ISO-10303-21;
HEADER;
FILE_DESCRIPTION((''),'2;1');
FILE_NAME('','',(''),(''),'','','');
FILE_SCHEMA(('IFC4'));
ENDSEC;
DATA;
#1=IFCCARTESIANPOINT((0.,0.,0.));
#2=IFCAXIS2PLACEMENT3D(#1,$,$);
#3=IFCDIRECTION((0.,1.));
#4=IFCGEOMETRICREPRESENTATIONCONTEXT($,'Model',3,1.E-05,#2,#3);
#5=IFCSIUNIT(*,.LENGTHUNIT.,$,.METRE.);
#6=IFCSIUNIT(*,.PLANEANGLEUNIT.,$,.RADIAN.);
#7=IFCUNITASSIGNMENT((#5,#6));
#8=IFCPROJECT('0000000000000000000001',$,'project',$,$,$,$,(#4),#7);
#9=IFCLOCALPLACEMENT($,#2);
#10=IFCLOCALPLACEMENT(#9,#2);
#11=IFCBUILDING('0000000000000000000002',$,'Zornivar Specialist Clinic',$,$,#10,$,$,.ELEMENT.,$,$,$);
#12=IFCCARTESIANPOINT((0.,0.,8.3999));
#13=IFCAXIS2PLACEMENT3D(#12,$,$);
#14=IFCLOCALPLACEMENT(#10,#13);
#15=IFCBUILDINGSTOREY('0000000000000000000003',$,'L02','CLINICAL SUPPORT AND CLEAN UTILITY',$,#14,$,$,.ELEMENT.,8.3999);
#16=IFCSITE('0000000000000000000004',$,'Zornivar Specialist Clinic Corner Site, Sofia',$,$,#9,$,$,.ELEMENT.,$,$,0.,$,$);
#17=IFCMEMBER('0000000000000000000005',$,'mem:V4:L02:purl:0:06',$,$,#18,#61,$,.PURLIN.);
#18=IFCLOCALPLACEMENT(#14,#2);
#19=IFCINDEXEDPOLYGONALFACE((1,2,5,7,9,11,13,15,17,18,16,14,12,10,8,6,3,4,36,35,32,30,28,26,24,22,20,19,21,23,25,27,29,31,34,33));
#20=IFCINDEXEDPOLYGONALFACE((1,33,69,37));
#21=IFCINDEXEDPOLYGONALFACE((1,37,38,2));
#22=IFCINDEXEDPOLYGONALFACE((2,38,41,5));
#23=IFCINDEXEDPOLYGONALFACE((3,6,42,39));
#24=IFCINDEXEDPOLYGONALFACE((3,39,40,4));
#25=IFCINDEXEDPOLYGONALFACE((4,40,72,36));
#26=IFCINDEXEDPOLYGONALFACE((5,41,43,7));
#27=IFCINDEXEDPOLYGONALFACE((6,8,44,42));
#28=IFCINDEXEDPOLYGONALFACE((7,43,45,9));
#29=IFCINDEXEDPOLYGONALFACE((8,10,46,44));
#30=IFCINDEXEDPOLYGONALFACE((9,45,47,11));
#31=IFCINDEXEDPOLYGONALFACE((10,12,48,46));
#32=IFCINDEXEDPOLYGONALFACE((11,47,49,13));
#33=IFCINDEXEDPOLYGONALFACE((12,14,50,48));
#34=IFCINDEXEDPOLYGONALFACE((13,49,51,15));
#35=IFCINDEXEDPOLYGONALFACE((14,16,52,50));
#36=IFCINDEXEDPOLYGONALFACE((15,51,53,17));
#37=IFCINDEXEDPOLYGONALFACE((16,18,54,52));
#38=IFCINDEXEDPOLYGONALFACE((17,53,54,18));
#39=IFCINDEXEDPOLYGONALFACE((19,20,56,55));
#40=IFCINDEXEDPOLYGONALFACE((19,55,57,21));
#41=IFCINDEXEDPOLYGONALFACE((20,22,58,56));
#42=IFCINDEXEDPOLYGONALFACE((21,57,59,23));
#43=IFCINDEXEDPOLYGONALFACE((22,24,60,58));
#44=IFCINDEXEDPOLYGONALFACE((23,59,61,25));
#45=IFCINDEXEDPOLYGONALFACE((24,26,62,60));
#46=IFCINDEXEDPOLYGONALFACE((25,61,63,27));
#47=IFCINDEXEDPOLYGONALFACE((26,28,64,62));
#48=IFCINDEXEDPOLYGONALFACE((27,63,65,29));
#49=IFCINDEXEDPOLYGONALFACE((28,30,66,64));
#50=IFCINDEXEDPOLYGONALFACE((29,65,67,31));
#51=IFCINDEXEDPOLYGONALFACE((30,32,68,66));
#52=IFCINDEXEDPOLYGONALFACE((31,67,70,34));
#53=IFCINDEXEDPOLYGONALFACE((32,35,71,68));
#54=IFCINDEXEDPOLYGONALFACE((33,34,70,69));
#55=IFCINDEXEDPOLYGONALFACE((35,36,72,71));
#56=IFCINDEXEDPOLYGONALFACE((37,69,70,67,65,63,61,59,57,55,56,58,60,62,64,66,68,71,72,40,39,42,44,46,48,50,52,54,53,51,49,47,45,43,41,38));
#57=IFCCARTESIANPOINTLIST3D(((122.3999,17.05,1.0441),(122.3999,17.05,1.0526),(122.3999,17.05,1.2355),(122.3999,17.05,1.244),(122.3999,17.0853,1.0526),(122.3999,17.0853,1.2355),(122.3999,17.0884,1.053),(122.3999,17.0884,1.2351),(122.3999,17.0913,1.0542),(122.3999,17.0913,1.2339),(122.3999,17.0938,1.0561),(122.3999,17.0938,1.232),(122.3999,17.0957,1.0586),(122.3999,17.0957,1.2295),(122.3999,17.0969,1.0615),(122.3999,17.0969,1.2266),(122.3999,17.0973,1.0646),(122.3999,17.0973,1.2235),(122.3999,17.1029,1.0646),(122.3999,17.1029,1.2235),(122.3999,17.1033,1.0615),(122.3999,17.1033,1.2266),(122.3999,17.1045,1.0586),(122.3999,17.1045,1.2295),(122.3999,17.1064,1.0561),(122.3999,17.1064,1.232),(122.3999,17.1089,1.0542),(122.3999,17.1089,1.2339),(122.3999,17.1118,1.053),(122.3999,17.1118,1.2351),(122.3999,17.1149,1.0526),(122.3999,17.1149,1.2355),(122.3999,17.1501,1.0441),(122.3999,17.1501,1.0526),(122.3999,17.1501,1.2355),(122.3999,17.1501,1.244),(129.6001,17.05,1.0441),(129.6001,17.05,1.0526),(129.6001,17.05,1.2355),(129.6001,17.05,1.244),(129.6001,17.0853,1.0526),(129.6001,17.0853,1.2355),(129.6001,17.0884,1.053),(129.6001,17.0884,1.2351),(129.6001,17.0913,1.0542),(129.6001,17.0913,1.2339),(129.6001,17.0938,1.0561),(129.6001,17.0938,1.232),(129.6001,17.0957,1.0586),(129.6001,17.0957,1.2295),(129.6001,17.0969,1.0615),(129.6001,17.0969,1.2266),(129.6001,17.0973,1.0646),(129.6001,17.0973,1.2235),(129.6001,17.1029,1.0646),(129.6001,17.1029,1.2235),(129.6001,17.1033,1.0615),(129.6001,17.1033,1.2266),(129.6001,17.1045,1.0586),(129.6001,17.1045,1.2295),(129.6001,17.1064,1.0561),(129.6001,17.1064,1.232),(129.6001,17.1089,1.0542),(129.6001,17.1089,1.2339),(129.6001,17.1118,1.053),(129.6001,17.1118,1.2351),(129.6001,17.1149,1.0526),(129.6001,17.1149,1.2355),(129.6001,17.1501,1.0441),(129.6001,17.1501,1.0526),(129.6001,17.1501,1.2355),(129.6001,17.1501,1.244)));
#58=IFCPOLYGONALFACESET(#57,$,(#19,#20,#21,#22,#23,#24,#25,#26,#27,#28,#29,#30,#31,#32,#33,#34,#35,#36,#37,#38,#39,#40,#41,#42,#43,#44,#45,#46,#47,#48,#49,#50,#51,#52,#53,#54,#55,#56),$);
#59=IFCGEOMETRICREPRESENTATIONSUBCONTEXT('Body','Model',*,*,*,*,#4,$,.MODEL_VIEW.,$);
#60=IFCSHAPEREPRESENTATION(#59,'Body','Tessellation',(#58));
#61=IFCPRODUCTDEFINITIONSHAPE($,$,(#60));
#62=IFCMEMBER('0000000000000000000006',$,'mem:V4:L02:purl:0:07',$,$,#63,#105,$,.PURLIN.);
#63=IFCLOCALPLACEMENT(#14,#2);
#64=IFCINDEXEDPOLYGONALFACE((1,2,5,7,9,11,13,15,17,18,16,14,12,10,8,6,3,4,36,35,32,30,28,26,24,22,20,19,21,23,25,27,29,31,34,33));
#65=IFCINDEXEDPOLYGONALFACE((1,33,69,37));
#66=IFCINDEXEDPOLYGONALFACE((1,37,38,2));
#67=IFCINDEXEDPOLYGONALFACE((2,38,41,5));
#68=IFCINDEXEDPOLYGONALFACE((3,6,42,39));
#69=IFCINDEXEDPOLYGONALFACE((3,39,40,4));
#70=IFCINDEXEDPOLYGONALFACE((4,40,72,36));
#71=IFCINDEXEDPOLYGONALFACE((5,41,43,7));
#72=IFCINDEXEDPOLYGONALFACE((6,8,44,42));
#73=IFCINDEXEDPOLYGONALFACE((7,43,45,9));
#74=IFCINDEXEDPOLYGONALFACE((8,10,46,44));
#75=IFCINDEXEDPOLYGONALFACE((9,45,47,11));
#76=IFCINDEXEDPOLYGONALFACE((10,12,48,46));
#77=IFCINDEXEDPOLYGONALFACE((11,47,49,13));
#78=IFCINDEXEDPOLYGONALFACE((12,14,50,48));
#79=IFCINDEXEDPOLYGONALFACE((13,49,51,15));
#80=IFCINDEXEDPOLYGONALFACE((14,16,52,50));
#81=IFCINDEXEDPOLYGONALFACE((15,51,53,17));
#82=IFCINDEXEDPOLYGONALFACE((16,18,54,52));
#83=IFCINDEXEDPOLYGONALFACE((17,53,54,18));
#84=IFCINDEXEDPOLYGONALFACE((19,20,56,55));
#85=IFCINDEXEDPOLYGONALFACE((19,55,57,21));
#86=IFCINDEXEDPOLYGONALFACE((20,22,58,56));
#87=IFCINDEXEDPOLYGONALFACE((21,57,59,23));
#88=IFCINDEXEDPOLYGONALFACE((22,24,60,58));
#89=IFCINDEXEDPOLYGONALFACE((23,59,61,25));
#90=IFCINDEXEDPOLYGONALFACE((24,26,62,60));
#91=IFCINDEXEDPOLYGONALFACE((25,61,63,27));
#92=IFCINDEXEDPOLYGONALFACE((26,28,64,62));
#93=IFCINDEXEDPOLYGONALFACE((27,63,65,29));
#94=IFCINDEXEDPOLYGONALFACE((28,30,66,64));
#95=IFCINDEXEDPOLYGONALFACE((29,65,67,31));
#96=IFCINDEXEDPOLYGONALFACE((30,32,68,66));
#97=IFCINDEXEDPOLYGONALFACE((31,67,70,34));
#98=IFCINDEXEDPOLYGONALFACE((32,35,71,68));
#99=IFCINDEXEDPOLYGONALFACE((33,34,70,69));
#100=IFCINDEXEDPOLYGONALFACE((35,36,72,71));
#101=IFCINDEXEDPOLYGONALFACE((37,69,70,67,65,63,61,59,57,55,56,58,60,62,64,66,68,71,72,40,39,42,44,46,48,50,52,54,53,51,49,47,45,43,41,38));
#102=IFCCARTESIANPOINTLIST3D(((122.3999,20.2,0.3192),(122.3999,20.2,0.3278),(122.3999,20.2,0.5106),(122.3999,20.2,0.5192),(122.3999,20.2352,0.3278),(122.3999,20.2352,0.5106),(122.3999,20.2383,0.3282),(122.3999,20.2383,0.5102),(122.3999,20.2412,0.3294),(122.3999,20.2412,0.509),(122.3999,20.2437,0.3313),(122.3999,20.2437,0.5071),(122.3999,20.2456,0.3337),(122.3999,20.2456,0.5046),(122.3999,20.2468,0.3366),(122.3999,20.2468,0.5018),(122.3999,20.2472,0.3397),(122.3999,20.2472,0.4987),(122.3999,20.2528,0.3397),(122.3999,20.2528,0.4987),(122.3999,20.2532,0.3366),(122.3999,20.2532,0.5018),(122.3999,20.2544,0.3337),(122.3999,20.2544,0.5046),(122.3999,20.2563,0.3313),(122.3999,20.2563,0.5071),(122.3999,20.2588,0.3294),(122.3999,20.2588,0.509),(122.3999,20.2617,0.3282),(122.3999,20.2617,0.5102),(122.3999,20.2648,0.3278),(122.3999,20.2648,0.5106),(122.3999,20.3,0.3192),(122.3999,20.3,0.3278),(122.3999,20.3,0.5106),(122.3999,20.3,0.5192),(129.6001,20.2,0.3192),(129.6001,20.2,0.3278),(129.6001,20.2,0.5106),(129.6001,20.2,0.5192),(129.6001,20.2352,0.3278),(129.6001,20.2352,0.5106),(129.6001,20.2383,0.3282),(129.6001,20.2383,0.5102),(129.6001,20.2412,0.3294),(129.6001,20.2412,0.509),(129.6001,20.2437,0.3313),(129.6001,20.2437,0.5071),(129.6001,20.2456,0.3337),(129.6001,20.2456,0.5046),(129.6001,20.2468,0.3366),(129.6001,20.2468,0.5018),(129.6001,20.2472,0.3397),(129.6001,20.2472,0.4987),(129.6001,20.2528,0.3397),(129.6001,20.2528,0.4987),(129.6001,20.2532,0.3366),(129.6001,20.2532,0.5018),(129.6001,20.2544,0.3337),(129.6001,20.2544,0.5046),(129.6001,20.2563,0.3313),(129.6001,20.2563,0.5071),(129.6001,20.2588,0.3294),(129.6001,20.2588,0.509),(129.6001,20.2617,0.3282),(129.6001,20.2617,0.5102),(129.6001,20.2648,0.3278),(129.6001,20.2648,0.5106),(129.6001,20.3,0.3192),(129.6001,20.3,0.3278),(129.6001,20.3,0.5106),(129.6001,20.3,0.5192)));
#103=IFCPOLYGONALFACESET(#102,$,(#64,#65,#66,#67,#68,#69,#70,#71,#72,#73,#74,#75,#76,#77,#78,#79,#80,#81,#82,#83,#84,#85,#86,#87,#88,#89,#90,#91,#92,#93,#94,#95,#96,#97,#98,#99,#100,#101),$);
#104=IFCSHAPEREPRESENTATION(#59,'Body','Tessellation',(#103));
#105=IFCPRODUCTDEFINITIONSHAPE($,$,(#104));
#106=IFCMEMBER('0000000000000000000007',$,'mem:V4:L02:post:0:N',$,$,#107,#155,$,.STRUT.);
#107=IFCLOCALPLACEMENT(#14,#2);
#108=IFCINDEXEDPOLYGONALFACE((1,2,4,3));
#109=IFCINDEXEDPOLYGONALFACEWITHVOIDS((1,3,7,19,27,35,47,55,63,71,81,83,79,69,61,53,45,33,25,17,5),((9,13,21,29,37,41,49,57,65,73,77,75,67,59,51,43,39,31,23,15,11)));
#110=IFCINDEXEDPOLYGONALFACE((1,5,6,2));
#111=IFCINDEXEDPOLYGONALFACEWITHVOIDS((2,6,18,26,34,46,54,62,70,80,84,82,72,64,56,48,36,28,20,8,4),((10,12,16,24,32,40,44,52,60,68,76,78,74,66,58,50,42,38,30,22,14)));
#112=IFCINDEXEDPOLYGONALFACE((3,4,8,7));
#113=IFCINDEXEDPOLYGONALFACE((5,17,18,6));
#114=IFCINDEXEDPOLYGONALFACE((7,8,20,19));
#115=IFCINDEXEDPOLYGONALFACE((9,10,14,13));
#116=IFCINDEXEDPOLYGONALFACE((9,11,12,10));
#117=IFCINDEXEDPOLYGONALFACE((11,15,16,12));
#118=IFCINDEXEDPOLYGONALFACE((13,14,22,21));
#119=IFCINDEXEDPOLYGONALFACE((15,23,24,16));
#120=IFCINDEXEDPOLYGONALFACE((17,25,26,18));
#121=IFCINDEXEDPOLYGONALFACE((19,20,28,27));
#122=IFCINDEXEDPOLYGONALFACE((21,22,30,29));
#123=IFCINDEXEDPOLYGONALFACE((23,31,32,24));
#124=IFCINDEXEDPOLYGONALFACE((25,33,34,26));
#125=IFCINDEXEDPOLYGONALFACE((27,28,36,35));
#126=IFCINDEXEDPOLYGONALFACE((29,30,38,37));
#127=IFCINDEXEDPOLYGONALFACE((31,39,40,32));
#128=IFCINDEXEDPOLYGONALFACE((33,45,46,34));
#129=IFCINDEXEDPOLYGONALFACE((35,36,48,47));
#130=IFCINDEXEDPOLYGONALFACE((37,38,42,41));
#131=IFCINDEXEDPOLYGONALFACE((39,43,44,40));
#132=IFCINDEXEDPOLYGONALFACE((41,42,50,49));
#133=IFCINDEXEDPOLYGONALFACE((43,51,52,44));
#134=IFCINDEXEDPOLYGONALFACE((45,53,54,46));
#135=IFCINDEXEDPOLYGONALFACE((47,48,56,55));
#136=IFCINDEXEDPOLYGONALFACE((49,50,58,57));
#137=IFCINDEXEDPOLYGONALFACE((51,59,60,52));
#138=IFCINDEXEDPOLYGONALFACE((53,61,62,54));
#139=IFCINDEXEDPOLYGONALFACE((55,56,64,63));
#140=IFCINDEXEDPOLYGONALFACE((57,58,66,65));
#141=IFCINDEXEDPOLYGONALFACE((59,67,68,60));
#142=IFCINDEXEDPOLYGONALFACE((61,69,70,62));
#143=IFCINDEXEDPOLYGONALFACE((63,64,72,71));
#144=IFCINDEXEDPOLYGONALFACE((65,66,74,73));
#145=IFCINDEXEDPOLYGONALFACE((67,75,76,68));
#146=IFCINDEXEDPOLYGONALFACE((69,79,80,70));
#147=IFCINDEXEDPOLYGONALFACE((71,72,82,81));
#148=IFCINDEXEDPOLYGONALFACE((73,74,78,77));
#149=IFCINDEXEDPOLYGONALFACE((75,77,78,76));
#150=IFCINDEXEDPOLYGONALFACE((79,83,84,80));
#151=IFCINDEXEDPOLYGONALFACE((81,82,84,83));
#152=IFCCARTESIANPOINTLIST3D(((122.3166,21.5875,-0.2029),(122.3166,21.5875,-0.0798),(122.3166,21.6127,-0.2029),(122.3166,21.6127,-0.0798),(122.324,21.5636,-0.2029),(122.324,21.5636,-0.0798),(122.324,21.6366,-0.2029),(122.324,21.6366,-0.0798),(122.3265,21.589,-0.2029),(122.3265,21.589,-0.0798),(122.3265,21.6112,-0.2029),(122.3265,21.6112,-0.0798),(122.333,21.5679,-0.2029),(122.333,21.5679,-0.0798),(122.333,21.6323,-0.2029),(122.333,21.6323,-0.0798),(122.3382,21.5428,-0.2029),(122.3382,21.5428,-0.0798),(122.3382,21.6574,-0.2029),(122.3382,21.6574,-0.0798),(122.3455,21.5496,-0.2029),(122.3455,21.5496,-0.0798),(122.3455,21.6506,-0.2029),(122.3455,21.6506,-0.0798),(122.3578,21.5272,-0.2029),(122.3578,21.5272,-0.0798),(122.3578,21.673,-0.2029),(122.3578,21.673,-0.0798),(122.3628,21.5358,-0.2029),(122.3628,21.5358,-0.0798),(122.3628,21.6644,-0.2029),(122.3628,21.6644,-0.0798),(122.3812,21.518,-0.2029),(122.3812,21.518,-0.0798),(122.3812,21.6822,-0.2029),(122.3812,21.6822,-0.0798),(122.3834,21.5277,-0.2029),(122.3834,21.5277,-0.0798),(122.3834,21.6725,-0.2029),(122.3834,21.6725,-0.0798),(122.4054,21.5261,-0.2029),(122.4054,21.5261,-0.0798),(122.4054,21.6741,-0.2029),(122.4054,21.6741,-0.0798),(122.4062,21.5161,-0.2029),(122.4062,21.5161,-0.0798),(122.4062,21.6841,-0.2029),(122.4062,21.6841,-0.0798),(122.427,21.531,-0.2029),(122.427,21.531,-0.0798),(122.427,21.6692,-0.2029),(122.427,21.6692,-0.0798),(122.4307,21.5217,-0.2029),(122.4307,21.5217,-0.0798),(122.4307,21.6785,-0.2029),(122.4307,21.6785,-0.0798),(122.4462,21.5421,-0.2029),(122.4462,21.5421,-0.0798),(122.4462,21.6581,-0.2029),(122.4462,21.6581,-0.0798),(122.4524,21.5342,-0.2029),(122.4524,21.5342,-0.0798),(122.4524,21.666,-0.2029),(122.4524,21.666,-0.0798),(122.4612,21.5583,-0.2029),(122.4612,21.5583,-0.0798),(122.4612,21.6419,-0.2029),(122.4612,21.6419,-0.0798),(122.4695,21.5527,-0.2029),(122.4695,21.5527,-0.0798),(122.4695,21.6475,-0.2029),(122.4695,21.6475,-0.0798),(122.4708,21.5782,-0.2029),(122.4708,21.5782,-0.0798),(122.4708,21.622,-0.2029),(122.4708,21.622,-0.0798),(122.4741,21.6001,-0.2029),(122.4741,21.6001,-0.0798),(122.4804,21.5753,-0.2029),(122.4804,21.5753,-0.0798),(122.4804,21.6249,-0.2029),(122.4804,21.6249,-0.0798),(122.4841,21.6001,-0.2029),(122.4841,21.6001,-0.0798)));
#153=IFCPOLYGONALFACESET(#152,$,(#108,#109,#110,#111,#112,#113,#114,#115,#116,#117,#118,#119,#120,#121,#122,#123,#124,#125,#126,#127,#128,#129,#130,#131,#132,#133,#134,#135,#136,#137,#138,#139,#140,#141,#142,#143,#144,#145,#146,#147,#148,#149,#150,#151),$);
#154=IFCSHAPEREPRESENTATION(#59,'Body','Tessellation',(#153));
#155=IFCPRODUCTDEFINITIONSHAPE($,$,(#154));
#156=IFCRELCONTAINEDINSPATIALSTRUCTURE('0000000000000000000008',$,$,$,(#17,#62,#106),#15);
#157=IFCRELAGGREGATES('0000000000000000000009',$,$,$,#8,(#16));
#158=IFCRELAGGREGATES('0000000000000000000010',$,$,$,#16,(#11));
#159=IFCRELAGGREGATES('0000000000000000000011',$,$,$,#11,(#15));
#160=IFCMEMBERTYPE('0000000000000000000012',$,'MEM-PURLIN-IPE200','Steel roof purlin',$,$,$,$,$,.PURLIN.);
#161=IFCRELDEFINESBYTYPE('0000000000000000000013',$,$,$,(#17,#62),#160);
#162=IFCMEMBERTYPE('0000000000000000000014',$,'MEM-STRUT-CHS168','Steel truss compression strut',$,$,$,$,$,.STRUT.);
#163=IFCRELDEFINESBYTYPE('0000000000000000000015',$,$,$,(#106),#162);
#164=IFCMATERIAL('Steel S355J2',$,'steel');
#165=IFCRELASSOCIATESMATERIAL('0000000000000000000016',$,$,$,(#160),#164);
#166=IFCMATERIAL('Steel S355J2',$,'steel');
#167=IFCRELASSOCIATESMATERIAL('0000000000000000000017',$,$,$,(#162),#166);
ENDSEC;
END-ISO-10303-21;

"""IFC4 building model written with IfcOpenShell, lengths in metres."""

from ifc_helpers import new_model, si_unit, direction, frame, origin, origin_2d, place, context, subcontext, project, spatial, hollow_circle, i_section, extrude, material, material_profile, profile_set, type_object, element, save


model = new_model("IFC4")

# Units and contexts
model_context = context("Model", 3, precision=1e-05, world=origin(), true_north=direction((0.0, 1.0)))
body_context = subcontext(model_context, "Body", "Model", "MODEL_VIEW")
ifc_project = project(units=[si_unit("LENGTHUNIT", "METRE"), si_unit("PLANEANGLEUNIT", "RADIAN")], contexts=[model_context])

# Site, building, storey
site_placement = place(None, origin())
site = spatial("IfcSite", under=ifc_project, at=site_placement, Name="Zornivar Specialist Clinic Corner Site, Sofia", CompositionType="ELEMENT", RefElevation=0.0)
building_placement = place(site_placement, origin())
building = spatial("IfcBuilding", under=site, at=building_placement, Name="Zornivar Specialist Clinic", CompositionType="ELEMENT")
storey_placement = place(building_placement, frame((0.0, 0.0, 8.3999)))
storey = spatial("IfcBuildingStorey", under=building, at=storey_placement, Name="L02", Description="CLINICAL SUPPORT AND CLEAN UTILITY", CompositionType="ELEMENT", Elevation=8.3999)

# Members
ifc_material_1 = material(Name="Steel S355J2", Category="steel")
ifc_material_profile_1 = material_profile(ifc_material_1, i_section(OverallWidth=0.1001, OverallDepth=0.2, WebThickness=0.0056, FlangeThickness=0.0085, FilletRadius=0.012, at=origin_2d()), Name="IPE 200")
ifc_profile_set_1 = profile_set([ifc_material_profile_1], Name="Steel S355J2")
member_type_1 = type_object("IfcMemberType", Name="MEM-PURLIN-IPE200", Description="Steel roof purlin", PredefinedType="PURLIN", material=ifc_profile_set_1)
for number, where, z_axis, x_axis, name in (
    (1, (122.3999, 17.1001, 1.144), (1.0, 0.0, 0.0), (0.0, 1.0, 0.0), "mem:V4:L02:purl:0:06"),
    (2, (122.3999, 20.25, 0.4192), (1.0, 0.0, 0.0), (0.0, 1.0, 0.0), "mem:V4:L02:purl:0:07"),
):
    element("IfcMember", number, at=place(storey_placement, frame(where, z_axis=z_axis, x_axis=x_axis)), inside=storey, type_object=member_type_1, Name=name, PredefinedType="PURLIN", context=body_context, shape_type="SweptSolid", body=[
        extrude(i_section(OverallWidth=0.1001, OverallDepth=0.2, WebThickness=0.0056, FlangeThickness=0.0085, FilletRadius=0.012, at=origin_2d()), origin(), (0.0, 0.0, 1.0), 7.2002),
    ])
ifc_material_2 = material(Name="Steel S355J2", Category="steel")
ifc_material_profile_2 = material_profile(ifc_material_2, hollow_circle(Radius=0.0842, WallThickness=0.01, at=origin_2d()), Name="CHS 168.3x10")
ifc_profile_set_2 = profile_set([ifc_material_profile_2], Name="Steel S355J2")
member_type_2 = type_object("IfcMemberType", Name="MEM-STRUT-CHS168", Description="Steel truss compression strut", PredefinedType="STRUT", material=ifc_profile_set_2)
member_1_placement = place(storey_placement, frame((122.3999, 21.6001, -0.0798), z_axis=(0.0, 0.0, -1.0), x_axis=(1.0, 0.0, 0.0)))
element("IfcMember", 3, at=member_1_placement, inside=storey, type_object=member_type_2, Name="mem:V4:L02:post:0:N", PredefinedType="STRUT", context=body_context, shape_type="SweptSolid", body=[
    extrude(hollow_circle(Radius=0.0842, WallThickness=0.01, at=origin_2d()), origin(), (0.0, 0.0, 1.0), 0.123),
])

save(model, "model.ifc")
